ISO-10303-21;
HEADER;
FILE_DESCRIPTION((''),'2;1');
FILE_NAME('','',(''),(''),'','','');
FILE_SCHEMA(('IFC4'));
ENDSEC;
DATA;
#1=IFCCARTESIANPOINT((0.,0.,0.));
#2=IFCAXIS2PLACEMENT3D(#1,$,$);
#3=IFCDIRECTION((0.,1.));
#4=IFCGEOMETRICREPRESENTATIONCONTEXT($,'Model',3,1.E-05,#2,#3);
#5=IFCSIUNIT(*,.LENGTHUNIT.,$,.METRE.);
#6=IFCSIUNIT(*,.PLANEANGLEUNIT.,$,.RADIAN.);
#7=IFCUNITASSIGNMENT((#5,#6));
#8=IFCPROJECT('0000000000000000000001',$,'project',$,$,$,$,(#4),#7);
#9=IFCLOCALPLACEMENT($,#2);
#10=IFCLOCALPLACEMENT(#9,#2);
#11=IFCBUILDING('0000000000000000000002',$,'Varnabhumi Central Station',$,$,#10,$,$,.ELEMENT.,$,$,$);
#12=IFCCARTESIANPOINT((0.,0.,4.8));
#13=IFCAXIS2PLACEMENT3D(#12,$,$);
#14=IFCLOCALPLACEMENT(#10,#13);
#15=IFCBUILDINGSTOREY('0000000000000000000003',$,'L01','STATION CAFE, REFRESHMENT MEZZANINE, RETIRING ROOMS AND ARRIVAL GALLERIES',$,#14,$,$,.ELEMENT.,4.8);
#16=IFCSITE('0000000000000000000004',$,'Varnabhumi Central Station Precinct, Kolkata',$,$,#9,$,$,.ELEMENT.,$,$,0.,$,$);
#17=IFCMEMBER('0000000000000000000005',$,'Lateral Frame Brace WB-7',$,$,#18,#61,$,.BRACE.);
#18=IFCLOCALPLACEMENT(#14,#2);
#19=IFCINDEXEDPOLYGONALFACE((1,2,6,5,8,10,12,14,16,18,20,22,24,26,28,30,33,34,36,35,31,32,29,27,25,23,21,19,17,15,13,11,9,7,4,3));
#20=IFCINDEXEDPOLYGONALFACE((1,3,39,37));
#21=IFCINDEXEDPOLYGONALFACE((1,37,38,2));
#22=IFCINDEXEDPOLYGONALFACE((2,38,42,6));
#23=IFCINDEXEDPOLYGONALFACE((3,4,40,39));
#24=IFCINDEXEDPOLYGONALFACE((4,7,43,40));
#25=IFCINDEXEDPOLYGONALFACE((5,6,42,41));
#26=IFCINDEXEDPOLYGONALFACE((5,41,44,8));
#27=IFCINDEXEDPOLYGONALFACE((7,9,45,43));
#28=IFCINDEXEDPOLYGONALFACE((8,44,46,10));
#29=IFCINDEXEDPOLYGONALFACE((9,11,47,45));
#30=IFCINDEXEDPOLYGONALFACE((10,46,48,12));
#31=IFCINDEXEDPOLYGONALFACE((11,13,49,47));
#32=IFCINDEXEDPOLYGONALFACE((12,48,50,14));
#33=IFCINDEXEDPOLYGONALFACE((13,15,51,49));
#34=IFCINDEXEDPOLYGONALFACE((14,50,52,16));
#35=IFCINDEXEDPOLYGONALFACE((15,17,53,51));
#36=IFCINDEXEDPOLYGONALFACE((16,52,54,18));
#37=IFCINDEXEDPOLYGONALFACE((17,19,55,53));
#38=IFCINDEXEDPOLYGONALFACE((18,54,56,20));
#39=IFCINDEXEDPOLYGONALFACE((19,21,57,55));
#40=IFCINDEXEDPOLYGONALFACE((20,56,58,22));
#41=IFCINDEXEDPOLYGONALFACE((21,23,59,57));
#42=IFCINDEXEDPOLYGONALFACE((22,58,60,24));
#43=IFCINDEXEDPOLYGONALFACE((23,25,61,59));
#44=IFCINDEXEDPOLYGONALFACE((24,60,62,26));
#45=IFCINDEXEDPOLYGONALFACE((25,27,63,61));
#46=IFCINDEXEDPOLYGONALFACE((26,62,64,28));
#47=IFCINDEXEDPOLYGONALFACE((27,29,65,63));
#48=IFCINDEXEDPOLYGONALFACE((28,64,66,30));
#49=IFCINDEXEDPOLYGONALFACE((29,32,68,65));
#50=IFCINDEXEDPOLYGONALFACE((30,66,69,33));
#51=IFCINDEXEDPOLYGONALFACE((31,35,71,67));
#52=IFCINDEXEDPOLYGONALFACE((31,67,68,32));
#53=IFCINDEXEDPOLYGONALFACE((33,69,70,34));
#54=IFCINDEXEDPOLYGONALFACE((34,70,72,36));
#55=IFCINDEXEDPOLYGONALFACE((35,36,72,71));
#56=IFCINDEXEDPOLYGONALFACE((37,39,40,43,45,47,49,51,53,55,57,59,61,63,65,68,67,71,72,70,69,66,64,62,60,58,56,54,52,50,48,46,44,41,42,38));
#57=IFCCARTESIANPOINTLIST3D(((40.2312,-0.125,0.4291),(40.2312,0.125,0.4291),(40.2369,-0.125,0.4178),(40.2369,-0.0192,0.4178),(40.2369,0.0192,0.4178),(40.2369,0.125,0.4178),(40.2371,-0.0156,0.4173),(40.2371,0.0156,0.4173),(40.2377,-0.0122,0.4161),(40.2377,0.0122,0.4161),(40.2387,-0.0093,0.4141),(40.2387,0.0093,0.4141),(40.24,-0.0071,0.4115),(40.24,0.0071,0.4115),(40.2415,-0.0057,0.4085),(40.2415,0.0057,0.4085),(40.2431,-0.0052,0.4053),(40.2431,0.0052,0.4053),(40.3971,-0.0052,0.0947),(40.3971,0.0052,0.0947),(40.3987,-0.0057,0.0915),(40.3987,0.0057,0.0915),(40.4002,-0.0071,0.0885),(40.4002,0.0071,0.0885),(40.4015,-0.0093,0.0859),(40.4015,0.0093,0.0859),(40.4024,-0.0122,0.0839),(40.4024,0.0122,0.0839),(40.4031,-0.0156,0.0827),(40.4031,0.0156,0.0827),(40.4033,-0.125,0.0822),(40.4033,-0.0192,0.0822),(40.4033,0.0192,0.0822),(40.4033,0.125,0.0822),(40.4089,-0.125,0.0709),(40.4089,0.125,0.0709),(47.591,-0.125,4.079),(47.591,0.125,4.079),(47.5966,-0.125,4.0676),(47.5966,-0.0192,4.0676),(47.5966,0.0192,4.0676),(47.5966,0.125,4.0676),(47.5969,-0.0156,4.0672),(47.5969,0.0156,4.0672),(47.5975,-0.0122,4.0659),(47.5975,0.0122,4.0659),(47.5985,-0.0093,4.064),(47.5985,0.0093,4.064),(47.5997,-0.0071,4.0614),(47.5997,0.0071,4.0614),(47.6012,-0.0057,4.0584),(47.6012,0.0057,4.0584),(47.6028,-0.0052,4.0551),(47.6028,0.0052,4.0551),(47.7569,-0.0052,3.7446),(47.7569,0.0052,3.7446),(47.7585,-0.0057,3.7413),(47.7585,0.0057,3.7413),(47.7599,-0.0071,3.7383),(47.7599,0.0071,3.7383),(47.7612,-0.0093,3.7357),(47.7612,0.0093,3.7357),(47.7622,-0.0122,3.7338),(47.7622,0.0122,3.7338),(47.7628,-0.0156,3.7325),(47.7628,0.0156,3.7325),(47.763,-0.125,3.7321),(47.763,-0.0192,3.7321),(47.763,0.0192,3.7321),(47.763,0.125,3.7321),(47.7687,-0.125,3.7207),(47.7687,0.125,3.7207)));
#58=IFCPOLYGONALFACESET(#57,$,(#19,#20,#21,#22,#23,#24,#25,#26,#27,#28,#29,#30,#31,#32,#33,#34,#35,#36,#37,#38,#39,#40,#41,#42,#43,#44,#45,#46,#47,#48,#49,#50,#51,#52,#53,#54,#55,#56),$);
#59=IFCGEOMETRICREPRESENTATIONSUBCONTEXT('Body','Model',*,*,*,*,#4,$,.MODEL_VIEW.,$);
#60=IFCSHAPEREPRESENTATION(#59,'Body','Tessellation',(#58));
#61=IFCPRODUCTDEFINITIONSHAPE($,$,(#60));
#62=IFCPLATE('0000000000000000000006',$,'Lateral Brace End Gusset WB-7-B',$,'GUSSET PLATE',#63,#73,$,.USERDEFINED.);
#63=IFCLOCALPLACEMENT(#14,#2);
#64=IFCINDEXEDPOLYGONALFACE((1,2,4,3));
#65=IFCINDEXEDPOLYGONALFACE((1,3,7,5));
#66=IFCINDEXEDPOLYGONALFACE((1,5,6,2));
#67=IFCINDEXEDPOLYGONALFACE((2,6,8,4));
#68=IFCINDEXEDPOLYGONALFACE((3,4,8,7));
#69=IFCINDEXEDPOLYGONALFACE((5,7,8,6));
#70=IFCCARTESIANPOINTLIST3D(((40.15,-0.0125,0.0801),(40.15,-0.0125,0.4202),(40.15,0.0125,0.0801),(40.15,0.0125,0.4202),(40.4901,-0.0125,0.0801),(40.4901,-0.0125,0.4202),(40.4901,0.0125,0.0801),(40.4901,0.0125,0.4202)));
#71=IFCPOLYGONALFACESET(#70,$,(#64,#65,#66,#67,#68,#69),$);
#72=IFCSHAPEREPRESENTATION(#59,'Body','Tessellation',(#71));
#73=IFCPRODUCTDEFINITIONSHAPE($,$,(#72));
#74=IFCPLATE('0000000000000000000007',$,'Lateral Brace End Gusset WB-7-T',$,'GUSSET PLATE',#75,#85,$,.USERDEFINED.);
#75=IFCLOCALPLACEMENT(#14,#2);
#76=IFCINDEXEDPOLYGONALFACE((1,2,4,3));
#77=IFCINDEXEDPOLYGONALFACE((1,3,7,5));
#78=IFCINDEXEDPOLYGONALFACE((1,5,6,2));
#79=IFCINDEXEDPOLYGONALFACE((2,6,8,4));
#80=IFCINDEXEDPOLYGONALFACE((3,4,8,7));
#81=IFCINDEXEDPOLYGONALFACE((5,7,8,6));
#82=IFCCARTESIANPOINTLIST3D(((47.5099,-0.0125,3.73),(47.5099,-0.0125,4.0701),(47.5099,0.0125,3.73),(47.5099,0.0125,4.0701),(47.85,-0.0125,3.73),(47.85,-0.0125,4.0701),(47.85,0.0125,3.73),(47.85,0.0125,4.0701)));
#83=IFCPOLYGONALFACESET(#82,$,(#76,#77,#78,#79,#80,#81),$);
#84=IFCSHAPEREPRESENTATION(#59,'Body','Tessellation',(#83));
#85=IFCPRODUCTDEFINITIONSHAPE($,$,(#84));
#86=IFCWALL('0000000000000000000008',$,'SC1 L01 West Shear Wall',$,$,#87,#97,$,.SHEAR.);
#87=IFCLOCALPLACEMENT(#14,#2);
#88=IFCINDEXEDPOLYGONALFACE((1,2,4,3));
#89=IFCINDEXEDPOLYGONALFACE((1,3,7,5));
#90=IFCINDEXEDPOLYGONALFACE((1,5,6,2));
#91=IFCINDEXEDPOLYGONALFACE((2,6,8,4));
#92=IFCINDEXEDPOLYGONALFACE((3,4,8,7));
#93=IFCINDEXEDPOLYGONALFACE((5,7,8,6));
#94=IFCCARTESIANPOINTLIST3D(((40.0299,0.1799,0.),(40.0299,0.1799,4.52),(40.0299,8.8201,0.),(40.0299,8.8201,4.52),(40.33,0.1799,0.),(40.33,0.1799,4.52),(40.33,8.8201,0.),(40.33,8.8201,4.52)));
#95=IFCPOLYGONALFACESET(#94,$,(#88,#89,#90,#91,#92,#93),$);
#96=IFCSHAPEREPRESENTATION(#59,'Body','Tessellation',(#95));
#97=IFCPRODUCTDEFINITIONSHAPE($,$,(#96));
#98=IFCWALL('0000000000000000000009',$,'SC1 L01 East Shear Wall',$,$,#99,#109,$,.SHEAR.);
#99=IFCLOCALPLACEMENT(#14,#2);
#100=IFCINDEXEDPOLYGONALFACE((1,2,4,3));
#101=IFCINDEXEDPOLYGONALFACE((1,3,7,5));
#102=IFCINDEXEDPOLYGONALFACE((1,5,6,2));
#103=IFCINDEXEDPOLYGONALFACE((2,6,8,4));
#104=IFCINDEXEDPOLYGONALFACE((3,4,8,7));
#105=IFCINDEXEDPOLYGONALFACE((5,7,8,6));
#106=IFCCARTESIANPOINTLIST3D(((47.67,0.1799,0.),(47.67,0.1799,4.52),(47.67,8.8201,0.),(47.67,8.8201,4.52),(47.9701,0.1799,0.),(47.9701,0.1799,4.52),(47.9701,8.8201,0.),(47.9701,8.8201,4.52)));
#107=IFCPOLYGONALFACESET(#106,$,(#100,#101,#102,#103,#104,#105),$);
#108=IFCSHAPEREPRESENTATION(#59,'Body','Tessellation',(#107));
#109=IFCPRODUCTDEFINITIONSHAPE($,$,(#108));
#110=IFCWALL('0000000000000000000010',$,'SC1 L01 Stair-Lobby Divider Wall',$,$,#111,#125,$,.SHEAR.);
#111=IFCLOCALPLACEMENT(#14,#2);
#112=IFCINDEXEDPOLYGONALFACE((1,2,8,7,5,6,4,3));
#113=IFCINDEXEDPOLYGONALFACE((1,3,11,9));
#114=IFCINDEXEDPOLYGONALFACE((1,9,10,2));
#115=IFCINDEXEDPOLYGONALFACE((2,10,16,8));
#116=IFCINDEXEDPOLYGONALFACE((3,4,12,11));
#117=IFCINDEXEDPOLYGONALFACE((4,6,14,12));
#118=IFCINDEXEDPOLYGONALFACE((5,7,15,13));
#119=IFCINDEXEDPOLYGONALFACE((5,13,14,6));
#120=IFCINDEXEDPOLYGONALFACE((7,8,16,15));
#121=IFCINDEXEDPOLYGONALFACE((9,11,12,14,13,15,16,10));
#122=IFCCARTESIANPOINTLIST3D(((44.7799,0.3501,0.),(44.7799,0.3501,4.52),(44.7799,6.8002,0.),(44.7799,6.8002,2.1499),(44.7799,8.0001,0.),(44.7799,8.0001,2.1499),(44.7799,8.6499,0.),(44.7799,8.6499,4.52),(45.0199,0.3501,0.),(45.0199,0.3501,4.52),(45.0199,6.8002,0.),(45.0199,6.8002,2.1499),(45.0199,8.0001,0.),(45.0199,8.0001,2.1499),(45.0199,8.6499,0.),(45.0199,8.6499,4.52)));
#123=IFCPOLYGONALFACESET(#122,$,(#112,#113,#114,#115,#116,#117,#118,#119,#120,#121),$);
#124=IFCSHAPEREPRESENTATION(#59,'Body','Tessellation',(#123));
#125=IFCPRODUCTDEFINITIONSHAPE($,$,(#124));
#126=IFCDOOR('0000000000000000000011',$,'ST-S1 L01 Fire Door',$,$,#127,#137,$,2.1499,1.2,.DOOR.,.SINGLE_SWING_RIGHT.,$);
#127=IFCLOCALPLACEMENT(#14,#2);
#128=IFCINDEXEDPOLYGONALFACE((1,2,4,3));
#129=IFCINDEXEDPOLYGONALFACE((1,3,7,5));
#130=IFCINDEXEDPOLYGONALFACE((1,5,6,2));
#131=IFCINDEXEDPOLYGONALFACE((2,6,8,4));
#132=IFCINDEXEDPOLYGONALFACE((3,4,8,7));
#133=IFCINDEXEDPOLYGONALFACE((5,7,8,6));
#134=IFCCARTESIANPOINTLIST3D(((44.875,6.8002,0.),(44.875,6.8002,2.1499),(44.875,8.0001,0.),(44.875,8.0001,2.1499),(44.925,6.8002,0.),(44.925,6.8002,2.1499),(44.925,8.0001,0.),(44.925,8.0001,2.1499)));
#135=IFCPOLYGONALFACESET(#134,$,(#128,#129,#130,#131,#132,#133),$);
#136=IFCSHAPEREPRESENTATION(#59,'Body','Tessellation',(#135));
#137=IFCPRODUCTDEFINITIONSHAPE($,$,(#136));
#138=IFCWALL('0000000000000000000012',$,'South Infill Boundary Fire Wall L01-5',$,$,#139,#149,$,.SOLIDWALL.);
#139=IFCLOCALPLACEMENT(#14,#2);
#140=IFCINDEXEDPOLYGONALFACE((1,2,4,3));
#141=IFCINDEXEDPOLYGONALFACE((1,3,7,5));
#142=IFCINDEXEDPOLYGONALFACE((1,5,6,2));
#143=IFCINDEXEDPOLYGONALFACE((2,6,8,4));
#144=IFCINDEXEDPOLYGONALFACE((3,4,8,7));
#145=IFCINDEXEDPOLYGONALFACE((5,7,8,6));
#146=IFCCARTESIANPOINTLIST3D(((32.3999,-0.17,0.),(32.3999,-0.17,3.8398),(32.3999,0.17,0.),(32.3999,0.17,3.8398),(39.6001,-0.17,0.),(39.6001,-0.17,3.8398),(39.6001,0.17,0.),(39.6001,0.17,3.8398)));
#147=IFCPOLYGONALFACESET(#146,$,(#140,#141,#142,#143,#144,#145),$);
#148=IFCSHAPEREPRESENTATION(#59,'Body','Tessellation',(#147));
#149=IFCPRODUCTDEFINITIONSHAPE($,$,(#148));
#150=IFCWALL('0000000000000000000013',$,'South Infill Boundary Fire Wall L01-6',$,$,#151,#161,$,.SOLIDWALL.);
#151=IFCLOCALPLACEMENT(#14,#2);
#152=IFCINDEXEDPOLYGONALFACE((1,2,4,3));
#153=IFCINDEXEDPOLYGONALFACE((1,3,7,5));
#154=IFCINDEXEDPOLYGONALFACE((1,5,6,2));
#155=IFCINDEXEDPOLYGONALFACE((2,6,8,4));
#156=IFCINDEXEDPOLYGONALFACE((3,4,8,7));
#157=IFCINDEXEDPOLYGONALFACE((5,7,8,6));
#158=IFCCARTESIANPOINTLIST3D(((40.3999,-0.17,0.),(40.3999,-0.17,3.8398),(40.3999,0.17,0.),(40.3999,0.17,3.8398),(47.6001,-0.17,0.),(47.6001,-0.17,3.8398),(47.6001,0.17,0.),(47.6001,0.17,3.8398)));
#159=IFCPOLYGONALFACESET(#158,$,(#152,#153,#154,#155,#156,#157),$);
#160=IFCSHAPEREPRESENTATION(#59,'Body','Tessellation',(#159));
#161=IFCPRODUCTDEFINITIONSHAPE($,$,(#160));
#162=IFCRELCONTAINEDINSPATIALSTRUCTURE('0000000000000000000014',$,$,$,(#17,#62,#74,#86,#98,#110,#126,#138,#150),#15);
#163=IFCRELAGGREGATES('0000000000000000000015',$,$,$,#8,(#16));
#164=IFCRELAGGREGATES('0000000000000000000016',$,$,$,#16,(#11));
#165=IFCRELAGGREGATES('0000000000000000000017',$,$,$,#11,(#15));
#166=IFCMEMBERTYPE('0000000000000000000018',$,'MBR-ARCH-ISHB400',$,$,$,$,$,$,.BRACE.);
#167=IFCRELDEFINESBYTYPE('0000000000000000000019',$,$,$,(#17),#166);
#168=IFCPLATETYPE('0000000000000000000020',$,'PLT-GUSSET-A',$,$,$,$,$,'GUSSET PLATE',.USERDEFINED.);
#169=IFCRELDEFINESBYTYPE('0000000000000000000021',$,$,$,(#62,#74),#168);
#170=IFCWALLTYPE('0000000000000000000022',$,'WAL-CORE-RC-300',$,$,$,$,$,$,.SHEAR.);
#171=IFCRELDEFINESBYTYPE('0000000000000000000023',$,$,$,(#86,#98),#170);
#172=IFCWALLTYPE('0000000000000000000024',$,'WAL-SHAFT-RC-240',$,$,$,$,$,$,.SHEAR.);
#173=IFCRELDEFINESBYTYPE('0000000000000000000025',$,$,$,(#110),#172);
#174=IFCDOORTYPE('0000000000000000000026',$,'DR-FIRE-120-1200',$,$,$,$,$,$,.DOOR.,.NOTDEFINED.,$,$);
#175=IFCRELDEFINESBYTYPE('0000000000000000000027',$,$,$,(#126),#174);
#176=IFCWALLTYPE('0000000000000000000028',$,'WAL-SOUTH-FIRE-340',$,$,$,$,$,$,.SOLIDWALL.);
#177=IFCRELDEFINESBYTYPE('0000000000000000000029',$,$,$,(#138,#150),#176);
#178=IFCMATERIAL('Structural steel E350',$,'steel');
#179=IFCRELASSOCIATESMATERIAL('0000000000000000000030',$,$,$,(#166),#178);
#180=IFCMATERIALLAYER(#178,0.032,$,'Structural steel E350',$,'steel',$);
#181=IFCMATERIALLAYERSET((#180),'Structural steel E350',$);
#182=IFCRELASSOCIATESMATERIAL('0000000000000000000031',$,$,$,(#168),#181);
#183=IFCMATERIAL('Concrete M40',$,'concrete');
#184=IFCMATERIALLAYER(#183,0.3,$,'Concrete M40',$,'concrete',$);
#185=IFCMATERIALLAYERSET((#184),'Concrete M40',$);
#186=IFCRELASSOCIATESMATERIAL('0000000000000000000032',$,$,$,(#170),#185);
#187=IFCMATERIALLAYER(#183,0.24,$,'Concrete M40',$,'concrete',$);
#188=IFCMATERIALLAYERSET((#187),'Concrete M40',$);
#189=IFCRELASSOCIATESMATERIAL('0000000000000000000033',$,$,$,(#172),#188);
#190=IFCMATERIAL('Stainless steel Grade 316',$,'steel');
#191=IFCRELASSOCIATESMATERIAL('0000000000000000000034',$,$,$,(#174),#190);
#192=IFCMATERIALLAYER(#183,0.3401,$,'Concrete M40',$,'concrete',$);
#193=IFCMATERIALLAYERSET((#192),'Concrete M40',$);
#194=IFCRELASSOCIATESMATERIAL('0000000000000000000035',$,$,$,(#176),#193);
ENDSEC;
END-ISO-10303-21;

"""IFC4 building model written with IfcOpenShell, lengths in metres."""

from ifc_helpers import new_model, si_unit, direction, frame, frame_2d, origin, origin_2d, place, context, subcontext, project, spatial, rectangle, i_section, extrude, material, layer, layer_set, material_profile, profile_set, type_object, element, fill, save


model = new_model("IFC4")

# Units and contexts
model_context = context("Model", 3, precision=1e-05, world=origin(), true_north=direction((0.0, 1.0)))
body_context = subcontext(model_context, "Body", "Model", "MODEL_VIEW")
ifc_project = project(units=[si_unit("LENGTHUNIT", "METRE"), si_unit("PLANEANGLEUNIT", "RADIAN")], contexts=[model_context])

# Site, building, storey
site_placement = place(None, origin())
site = spatial("IfcSite", under=ifc_project, at=site_placement, Name="Varnabhumi Central Station Precinct, Kolkata", CompositionType="ELEMENT", RefElevation=0.0)
building_placement = place(site_placement, origin())
building = spatial("IfcBuilding", under=site, at=building_placement, Name="Varnabhumi Central Station", CompositionType="ELEMENT")
storey_placement = place(building_placement, frame((0.0, 0.0, 4.8)))
storey = spatial("IfcBuildingStorey", under=building, at=storey_placement, Name="L01", Description="STATION CAFE, REFRESHMENT MEZZANINE, RETIRING ROOMS AND ARRIVAL GALLERIES", CompositionType="ELEMENT", Elevation=4.8)

# Shared definitions
ifc_material_1 = material(Name="Concrete M40", Category="concrete")

# Shared definitions
ifc_material_2 = material(Name="Structural steel E350", Category="steel")

# Member
ifc_material_profile_1 = material_profile(ifc_material_2, i_section(OverallWidth=0.25, OverallDepth=0.3999, WebThickness=0.0105, FlangeThickness=0.0127, FilletRadius=0.0139, at=origin_2d()), Name="Structural steel E350", Category="steel")
ifc_profile_set_1 = profile_set([ifc_material_profile_1], Name="Structural steel E350")
member_type = type_object("IfcMemberType", Name="MBR-ARCH-ISHB400", PredefinedType="BRACE", material=ifc_profile_set_1)
member_placement = place(storey_placement, frame((40.3201, 0.0, 0.25), z_axis=(0.895885, 0.0, 0.444287), x_axis=(0.0, 1.0, 0.0)))
element("IfcMember", 1, at=member_placement, inside=storey, type_object=member_type, Name="Lateral Frame Brace WB-7", PredefinedType="BRACE", context=body_context, shape_type="SweptSolid", body=[
    extrude(i_section(OverallWidth=0.25, OverallDepth=0.3999, WebThickness=0.0105, FlangeThickness=0.0127, FilletRadius=0.0139, at=origin_2d()), origin(), (0.0, 0.0, 1.0), 8.2151),
])

# Plates
ifc_layer_1 = layer(ifc_material_2, 0.032, Name="Structural steel E350", Category="steel")
ifc_layer_set_1 = layer_set([ifc_layer_1], Name="Structural steel E350")
plate_type = type_object("IfcPlateType", Name="PLT-GUSSET-A", ElementType="GUSSET PLATE", PredefinedType="USERDEFINED", material=ifc_layer_set_1)
for number, where, z_axis, x_axis, name in (
    (2, (40.3201, 0.0, 0.0801), (0.0, 0.0, 1.0), (1.0, 0.0, 0.0), "Lateral Brace End Gusset WB-7-B"),
    (3, (47.6799, 0.0, 3.73), (0.0, 0.0, 1.0), (1.0, 0.0, 0.0), "Lateral Brace End Gusset WB-7-T"),
):
    element("IfcPlate", number, at=place(storey_placement, frame(where, z_axis=z_axis, x_axis=x_axis)), inside=storey, type_object=plate_type, Name=name, ObjectType="GUSSET PLATE", PredefinedType="USERDEFINED", context=body_context, shape_type="SweptSolid", body=[
        extrude(rectangle(XDim=0.3401, YDim=0.0249, at=origin_2d()), origin(), (0.0, 0.0, 1.0), 0.3401),
    ])

# Walls
ifc_layer_2 = layer(ifc_material_1, 0.3, Name="Concrete M40", Category="concrete")
ifc_layer_set_2 = layer_set([ifc_layer_2], Name="Concrete M40")
wall_type_1 = type_object("IfcWallType", Name="WAL-CORE-RC-300", PredefinedType="SHEAR", material=ifc_layer_set_2)
for number, where, z_axis, x_axis, name in (
    (4, (40.1799, 0.1799, 0.0), (0.0, 0.0, 1.0), (0.0, 1.0, 0.0), "SC1 L01 West Shear Wall"),
    (5, (47.8201, 0.1799, 0.0), (0.0, 0.0, 1.0), (0.0, 1.0, 0.0), "SC1 L01 East Shear Wall"),
):
    element("IfcWall", number, at=place(storey_placement, frame(where, z_axis=z_axis, x_axis=x_axis)), inside=storey, type_object=wall_type_1, Name=name, PredefinedType="SHEAR", context=body_context, shape_type="SweptSolid", body=[
        extrude(rectangle(XDim=8.6401, YDim=0.3, at=frame_2d((4.3201, 0.0))), origin(), (0.0, 0.0, 1.0), 4.52),
    ])

# Wall, opening, door
ifc_layer_3 = layer(ifc_material_1, 0.24, Name="Concrete M40", Category="concrete")
ifc_layer_set_3 = layer_set([ifc_layer_3], Name="Concrete M40")
wall_type_2 = type_object("IfcWallType", Name="WAL-SHAFT-RC-240", PredefinedType="SHEAR", material=ifc_layer_set_3)
wall_1_placement = place(storey_placement, frame((44.8999, 0.3501, 0.0), z_axis=(0.0, 0.0, 1.0), x_axis=(0.0, 1.0, 0.0)))
wall_1 = element("IfcWall", 6, at=wall_1_placement, inside=storey, type_object=wall_type_2, Name="SC1 L01 Stair-Lobby Divider Wall", PredefinedType="SHEAR", context=body_context, shape_type="SweptSolid", body=[
    extrude(rectangle(XDim=8.2998, YDim=0.24, at=frame_2d((4.1499, 0.0))), origin(), (0.0, 0.0, 1.0), 4.52),
])
opening_1_placement = place(wall_1_placement, frame((6.45, 0.0, 0.0)))
opening_1 = element("IfcOpeningElement", 7, at=opening_1_placement, cuts=wall_1, PredefinedType="OPENING", context=body_context, shape_type="SweptSolid", body=[
    extrude(rectangle(XDim=1.2, YDim=2.1499, at=frame_2d((0.6001, 1.075))), frame((0.0, 0.1299, 0.0), z_axis=(0.0, -1.0, 0.0), x_axis=(1.0, 0.0, 0.0)), (0.0, 0.0, 1.0), 0.26),
])
ifc_material_3 = material(Name="Stainless steel Grade 316", Category="steel")
door_type_1 = type_object("IfcDoorType", Name="DR-FIRE-120-1200", OperationType="NOTDEFINED", PredefinedType="DOOR", material=ifc_material_3)
door_1_placement = place(opening_1_placement, origin())
door_1 = element("IfcDoor", 8, at=door_1_placement, inside=storey, type_object=door_type_1, Name="ST-S1 L01 Fire Door", OperationType="SINGLE_SWING_RIGHT", OverallHeight=2.1499, OverallWidth=1.2, PredefinedType="DOOR", context=body_context, shape_type="SweptSolid", body=[
    extrude(rectangle(XDim=1.2, YDim=2.1499, at=frame_2d((0.6001, 1.075))), frame((0.0, 0.0249, 0.0), z_axis=(0.0, -1.0, 0.0), x_axis=(1.0, 0.0, 0.0)), (0.0, 0.0, 1.0), 0.05),
])
fill(opening_1, door_1)

# Walls
ifc_layer_4 = layer(ifc_material_1, 0.3401, Name="Concrete M40", Category="concrete")
ifc_layer_set_4 = layer_set([ifc_layer_4], Name="Concrete M40")
wall_type_3 = type_object("IfcWallType", Name="WAL-SOUTH-FIRE-340", PredefinedType="SOLIDWALL", material=ifc_layer_set_4)
for number, where, z_axis, x_axis, name in (
    (9, (32.3999, 0.0, 0.0), (0.0, 0.0, 1.0), (1.0, 0.0, 0.0), "South Infill Boundary Fire Wall L01-5"),
    (10, (40.3999, 0.0, 0.0), (0.0, 0.0, 1.0), (1.0, 0.0, 0.0), "South Infill Boundary Fire Wall L01-6"),
):
    element("IfcWall", number, at=place(storey_placement, frame(where, z_axis=z_axis, x_axis=x_axis)), inside=storey, type_object=wall_type_3, Name=name, PredefinedType="SOLIDWALL", context=body_context, shape_type="SweptSolid", body=[
        extrude(rectangle(XDim=7.2002, YDim=0.3401, at=frame_2d((3.6001, 0.0))), origin(), (0.0, 0.0, 1.0), 3.8398),
    ])

save(model, "model.ifc")
